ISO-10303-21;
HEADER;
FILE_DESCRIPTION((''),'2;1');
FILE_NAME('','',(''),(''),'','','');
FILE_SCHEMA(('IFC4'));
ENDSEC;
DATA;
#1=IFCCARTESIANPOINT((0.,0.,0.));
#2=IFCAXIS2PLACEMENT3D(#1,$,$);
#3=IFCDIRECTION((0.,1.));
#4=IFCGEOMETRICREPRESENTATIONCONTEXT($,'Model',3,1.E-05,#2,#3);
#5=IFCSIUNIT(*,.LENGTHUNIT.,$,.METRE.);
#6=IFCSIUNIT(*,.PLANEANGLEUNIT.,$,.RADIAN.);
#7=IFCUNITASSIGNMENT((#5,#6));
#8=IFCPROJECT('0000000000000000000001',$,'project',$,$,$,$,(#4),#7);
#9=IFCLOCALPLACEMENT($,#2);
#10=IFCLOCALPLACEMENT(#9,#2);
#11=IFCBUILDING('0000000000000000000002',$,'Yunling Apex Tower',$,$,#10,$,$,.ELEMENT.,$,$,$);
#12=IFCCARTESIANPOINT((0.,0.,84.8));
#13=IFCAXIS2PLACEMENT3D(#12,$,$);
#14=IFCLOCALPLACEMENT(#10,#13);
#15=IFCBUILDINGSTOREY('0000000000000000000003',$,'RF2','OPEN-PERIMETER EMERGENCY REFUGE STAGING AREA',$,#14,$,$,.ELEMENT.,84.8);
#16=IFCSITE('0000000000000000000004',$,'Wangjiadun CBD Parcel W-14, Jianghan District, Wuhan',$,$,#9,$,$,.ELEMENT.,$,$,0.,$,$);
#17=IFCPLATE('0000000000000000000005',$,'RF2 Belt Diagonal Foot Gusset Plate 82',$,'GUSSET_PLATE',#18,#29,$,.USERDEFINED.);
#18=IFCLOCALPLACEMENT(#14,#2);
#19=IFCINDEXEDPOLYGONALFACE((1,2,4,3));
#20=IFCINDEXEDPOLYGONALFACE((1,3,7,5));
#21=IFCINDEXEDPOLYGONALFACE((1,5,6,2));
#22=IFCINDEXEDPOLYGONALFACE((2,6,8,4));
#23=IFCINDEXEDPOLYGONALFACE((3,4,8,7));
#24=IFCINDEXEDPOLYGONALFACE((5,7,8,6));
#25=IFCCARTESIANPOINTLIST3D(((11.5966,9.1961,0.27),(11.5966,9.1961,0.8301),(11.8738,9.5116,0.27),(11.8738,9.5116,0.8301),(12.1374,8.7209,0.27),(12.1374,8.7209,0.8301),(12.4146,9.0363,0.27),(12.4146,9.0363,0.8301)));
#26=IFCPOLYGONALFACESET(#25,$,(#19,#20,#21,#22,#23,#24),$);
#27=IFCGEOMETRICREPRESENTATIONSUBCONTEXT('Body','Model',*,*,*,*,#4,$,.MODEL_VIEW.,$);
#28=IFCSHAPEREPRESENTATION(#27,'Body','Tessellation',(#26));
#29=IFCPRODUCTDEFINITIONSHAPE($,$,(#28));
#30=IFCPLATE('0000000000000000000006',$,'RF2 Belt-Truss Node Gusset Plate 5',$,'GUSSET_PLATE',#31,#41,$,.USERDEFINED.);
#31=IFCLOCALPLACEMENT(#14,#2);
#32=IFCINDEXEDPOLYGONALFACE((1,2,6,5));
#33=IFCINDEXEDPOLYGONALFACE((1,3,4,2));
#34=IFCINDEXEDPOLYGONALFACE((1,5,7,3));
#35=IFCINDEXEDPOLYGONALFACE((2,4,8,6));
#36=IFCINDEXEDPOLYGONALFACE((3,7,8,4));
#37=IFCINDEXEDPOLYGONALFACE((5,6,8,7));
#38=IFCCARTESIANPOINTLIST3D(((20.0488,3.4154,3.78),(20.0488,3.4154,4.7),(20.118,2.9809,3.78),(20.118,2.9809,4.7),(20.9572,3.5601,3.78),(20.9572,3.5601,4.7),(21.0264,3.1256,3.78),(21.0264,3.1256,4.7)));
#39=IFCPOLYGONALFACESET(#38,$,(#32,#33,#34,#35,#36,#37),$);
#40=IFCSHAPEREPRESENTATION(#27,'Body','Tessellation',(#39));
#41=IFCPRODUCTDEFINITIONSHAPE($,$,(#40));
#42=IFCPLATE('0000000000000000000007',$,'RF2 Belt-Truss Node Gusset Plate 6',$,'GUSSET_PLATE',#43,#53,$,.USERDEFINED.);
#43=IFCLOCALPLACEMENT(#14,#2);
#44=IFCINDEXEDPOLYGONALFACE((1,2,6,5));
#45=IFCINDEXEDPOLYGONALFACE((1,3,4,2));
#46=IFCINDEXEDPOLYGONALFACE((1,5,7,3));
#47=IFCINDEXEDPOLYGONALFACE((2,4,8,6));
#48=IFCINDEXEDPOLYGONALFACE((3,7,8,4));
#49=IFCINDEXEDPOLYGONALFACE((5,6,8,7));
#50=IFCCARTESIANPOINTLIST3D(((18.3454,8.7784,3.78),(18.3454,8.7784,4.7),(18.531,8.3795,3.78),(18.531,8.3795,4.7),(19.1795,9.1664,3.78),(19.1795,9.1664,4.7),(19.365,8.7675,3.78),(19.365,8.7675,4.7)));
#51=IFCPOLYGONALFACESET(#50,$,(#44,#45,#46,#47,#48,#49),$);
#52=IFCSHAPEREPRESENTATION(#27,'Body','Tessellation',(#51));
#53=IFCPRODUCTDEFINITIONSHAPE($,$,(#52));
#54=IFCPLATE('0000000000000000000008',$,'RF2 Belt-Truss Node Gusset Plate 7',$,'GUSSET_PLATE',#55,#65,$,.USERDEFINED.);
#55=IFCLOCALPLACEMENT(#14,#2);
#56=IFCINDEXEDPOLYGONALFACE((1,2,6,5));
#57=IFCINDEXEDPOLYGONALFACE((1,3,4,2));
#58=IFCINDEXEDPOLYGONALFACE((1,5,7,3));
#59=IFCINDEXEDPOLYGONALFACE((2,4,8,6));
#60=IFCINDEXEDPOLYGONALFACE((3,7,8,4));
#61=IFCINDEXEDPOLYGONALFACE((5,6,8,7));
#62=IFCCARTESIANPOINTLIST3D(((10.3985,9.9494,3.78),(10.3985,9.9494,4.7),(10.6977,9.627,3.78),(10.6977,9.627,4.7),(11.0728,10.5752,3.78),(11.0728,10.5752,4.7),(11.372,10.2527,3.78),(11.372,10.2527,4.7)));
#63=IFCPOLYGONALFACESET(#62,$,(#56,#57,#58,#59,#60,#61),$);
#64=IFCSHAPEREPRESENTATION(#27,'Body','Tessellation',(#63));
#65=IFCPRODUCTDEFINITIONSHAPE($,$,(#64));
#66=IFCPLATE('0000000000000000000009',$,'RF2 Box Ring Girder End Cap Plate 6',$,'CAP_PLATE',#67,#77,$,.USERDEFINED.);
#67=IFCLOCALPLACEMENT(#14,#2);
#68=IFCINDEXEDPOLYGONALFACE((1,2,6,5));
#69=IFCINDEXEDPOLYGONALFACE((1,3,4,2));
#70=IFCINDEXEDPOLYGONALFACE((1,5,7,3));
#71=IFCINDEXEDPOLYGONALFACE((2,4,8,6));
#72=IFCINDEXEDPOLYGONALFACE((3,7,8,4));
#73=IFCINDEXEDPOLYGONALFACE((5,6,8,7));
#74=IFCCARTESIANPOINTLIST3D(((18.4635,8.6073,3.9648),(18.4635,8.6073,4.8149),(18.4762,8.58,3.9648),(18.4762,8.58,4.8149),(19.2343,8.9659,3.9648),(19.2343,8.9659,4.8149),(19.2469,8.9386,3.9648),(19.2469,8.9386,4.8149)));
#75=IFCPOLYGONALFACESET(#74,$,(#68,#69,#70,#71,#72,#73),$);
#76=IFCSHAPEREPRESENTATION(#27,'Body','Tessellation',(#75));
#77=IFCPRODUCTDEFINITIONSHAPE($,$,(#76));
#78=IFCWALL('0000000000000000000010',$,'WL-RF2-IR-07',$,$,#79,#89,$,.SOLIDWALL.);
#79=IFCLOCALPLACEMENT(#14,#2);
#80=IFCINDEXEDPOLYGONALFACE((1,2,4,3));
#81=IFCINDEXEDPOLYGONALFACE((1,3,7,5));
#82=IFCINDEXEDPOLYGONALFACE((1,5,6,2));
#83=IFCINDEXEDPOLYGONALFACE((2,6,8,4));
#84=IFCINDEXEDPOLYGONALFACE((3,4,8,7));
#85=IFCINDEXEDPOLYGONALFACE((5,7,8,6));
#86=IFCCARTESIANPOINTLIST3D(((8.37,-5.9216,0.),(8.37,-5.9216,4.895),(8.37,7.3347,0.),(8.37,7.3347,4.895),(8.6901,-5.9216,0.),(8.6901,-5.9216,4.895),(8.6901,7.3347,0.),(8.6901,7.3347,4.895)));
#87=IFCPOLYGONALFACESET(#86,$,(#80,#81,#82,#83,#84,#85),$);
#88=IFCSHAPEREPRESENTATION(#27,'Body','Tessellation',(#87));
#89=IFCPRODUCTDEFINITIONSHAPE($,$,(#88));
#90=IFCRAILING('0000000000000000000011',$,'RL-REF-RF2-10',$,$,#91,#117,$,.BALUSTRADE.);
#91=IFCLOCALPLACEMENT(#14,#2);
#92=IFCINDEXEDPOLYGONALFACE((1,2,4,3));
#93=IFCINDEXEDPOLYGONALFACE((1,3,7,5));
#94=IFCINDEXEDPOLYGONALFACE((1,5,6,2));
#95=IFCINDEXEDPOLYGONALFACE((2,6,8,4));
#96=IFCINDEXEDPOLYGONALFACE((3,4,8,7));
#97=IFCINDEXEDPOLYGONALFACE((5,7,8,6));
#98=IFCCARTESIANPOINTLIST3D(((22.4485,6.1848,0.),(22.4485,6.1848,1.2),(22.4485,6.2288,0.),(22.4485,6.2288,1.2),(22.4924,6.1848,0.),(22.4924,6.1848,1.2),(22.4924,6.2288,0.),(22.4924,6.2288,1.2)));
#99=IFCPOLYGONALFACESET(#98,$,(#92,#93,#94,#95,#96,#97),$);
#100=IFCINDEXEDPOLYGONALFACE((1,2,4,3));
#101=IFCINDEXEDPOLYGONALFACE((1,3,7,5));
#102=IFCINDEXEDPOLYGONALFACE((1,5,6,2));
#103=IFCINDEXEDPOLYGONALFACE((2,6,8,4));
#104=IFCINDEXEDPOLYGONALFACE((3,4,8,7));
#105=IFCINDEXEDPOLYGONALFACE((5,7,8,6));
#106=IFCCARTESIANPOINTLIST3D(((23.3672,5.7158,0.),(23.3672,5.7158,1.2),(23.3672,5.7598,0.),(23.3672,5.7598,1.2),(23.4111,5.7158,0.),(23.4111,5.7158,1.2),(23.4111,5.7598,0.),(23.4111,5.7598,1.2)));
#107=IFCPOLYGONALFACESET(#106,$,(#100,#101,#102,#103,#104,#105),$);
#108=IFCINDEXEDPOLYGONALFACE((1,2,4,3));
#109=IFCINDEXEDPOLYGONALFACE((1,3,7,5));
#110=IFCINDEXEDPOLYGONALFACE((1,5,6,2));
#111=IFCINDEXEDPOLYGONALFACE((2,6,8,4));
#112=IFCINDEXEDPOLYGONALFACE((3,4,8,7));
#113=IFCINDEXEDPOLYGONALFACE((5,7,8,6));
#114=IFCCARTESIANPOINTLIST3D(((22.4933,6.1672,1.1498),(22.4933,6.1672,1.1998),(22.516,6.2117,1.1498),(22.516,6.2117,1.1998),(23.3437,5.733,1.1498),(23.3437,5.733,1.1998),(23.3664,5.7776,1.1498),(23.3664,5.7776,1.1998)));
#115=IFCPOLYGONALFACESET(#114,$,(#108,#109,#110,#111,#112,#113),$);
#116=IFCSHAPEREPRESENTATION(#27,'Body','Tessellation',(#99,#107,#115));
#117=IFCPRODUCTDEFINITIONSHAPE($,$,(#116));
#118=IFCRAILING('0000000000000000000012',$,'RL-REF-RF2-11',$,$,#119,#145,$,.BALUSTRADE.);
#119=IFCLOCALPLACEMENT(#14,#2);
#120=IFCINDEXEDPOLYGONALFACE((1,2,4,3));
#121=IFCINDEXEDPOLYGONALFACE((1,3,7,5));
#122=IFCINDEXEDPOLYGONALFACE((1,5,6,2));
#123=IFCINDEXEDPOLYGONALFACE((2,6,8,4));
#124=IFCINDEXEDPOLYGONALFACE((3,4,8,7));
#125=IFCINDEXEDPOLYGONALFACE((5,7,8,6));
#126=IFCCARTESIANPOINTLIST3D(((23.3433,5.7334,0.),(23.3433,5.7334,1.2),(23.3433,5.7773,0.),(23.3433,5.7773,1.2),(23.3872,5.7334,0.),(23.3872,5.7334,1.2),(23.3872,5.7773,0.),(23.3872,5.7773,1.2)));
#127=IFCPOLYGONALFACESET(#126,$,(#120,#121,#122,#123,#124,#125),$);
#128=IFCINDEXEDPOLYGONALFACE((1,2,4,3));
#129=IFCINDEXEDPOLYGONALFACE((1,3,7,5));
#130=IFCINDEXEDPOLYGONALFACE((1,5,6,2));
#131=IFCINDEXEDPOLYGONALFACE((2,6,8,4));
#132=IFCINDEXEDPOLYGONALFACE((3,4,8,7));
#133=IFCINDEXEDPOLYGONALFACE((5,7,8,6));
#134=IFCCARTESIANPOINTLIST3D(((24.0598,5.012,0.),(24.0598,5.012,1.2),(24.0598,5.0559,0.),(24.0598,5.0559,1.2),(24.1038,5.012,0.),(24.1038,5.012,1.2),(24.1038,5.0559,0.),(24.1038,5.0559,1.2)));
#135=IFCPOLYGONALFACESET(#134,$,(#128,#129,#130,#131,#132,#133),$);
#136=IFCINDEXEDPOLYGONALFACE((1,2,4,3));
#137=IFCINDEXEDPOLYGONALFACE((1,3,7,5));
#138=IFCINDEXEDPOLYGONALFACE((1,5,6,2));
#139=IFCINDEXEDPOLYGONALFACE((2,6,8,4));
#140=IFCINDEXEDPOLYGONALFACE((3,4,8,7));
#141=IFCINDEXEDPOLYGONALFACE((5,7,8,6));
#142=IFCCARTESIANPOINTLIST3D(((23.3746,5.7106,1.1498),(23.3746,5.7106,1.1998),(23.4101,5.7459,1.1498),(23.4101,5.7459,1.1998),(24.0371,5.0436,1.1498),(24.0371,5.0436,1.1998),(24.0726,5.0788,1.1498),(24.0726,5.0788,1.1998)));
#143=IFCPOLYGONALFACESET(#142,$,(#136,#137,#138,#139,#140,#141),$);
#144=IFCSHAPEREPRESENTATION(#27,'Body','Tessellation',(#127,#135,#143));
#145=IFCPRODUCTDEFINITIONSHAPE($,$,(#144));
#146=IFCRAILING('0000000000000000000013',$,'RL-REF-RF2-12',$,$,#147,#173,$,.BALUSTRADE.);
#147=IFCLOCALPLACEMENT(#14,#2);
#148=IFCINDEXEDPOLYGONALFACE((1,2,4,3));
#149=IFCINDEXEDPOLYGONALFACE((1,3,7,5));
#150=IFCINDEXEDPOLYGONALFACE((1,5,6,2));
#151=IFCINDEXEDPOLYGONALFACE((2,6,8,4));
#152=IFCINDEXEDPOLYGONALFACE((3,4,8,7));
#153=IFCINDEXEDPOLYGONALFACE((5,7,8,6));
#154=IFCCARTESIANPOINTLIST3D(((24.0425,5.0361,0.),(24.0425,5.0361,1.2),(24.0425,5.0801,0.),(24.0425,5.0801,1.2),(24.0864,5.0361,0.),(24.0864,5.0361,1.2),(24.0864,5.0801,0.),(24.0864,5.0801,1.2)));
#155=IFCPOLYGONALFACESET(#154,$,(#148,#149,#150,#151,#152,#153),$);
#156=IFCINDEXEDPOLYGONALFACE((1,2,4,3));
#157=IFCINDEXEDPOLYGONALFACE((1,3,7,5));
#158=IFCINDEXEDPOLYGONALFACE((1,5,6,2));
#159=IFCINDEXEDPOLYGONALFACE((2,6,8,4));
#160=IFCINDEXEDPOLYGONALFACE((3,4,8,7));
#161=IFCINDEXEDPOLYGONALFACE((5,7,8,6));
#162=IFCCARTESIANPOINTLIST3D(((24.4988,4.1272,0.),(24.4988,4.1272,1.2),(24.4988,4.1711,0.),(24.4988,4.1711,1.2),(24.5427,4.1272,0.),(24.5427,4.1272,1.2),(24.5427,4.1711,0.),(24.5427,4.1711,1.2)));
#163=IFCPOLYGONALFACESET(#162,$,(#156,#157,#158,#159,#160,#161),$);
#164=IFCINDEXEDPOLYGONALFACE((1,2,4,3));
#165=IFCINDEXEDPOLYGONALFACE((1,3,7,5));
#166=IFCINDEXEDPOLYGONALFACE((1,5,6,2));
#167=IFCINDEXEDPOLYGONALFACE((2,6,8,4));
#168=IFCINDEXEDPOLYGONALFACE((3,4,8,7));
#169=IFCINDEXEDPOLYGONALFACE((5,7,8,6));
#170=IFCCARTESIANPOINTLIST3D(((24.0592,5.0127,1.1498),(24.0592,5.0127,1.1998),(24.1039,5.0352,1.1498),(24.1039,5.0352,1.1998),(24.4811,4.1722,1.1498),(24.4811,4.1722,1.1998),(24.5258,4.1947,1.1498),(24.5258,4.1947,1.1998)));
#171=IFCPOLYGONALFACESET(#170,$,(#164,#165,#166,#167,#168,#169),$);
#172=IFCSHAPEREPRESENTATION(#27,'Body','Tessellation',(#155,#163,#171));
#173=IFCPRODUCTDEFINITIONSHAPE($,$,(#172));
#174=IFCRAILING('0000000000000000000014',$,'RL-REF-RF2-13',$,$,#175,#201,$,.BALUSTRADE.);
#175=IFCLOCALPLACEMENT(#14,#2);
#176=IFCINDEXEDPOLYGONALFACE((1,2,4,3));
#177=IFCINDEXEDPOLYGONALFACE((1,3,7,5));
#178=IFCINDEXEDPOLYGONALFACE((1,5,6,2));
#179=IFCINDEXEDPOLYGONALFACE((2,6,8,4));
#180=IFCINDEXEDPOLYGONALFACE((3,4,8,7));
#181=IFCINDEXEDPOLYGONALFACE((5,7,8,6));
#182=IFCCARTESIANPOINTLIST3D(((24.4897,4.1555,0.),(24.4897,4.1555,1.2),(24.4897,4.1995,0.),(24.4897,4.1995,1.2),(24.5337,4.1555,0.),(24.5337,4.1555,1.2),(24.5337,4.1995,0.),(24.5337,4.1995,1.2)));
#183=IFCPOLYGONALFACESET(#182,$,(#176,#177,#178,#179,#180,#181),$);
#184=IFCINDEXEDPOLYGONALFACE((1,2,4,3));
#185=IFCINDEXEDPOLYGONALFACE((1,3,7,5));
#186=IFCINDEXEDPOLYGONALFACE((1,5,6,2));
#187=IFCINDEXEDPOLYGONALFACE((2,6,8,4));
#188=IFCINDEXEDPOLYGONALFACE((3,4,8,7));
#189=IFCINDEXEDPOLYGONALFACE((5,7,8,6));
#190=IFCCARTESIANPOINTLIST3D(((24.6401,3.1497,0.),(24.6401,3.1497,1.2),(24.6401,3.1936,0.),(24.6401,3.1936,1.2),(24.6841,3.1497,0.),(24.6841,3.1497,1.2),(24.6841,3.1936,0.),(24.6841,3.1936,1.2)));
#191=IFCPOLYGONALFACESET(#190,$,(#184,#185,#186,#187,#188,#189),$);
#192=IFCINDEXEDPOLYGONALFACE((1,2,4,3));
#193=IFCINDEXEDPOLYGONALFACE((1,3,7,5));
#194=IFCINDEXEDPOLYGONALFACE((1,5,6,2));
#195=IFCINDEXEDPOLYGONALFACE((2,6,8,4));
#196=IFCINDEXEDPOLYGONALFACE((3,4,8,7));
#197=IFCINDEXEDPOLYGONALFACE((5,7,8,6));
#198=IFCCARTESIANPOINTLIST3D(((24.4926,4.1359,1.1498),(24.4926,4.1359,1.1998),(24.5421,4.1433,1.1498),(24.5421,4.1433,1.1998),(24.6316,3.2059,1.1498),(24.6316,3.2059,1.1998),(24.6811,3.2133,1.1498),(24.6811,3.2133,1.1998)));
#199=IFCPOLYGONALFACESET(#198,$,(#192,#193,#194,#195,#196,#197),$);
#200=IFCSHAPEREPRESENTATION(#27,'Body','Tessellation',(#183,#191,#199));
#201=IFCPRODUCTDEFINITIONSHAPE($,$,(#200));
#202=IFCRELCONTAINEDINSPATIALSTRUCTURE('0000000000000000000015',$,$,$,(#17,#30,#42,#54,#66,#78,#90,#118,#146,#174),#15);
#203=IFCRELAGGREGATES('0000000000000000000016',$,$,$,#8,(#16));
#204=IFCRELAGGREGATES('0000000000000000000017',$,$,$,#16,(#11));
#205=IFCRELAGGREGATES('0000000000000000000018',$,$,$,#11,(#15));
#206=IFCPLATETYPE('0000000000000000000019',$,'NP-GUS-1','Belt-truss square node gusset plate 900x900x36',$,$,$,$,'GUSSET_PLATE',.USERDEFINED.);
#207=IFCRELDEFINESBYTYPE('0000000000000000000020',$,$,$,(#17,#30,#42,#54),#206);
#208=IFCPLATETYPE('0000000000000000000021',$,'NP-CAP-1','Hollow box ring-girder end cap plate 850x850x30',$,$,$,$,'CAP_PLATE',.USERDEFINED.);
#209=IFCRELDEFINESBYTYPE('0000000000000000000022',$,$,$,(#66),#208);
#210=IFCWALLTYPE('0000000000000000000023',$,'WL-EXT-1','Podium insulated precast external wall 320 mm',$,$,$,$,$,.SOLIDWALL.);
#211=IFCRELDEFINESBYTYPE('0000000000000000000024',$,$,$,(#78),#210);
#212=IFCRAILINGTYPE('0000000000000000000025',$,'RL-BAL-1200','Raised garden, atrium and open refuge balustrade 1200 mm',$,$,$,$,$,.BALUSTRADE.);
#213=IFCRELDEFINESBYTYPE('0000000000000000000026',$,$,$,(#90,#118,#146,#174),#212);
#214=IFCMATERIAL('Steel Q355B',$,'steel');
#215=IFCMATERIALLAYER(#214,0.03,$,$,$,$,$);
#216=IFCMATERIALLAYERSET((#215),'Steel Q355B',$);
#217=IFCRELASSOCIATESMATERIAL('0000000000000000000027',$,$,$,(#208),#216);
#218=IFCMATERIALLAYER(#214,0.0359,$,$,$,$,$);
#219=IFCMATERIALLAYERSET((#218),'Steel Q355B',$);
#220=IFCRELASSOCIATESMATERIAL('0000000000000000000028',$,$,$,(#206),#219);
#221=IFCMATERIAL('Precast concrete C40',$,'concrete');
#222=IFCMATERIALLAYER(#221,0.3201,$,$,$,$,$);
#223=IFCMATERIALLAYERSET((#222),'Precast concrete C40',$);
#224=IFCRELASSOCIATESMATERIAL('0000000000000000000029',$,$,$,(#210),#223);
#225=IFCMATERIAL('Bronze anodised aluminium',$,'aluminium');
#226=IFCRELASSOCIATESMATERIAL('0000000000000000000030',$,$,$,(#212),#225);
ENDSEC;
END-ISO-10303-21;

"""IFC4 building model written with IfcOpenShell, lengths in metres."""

from ifc_helpers import new_model, si_unit, direction, frame, frame_2d, origin, origin_2d, place, context, subcontext, project, spatial, rectangle, extrude, source, transform, mapped, material, layer, layer_set, type_object, element, save


model = new_model("IFC4")

# Units and contexts
model_context = context("Model", 3, precision=1e-05, world=origin(), true_north=direction((0.0, 1.0)))
body_context = subcontext(model_context, "Body", "Model", "MODEL_VIEW")
ifc_project = project(units=[si_unit("LENGTHUNIT", "METRE"), si_unit("PLANEANGLEUNIT", "RADIAN")], contexts=[model_context])

# Site, building, storey
site_placement = place(None, origin())
site = spatial("IfcSite", under=ifc_project, at=site_placement, Name="Wangjiadun CBD Parcel W-14, Jianghan District, Wuhan", CompositionType="ELEMENT", RefElevation=0.0)
building_placement = place(site_placement, origin())
building = spatial("IfcBuilding", under=site, at=building_placement, Name="Yunling Apex Tower", CompositionType="ELEMENT")
storey_placement = place(building_placement, frame((0.0, 0.0, 84.8)))
storey = spatial("IfcBuildingStorey", under=building, at=storey_placement, Name="RF2", Description="OPEN-PERIMETER EMERGENCY REFUGE STAGING AREA", CompositionType="ELEMENT", Elevation=84.8)

# Shared definitions
ifc_material_1 = material(Name="Steel Q355B", Category="steel")

# Plates
ifc_layer_1 = layer(ifc_material_1, 0.03)
ifc_layer_set_1 = layer_set([ifc_layer_1], Name="Steel Q355B")
plate_type_1 = type_object("IfcPlateType", Name="NP-CAP-1", Description="Hollow box ring-girder end cap plate 850x850x30", ElementType="CAP_PLATE", PredefinedType="USERDEFINED", material=ifc_layer_set_1)
ifc_layer_2 = layer(ifc_material_1, 0.0359)
ifc_layer_set_2 = layer_set([ifc_layer_2], Name="Steel Q355B")
plate_type_2 = type_object("IfcPlateType", Name="NP-GUS-1", Description="Belt-truss square node gusset plate 900x900x36", ElementType="GUSSET_PLATE", PredefinedType="USERDEFINED", material=ifc_layer_set_2)
shared_shape_1 = source(origin(), body_context, "Body", "SweptSolid", [
    extrude(rectangle(XDim=0.72, YDim=0.4199, at=origin_2d()), origin(), (0.0, 0.0, 1.0), 0.5601),
])
for number, where, z_axis, x_axis, name in (
    (1, (12.0056, 9.1162, 0.27), (0.0, 0.0, 1.0), (-0.751149, 0.660133, 0.0), "RF2 Belt Diagonal Foot Gusset Plate 82"),
):
    element("IfcPlate", number, at=place(storey_placement, frame(where, z_axis=z_axis, x_axis=x_axis)), inside=storey, type_object=plate_type_2, Name=name, ObjectType="GUSSET_PLATE", PredefinedType="USERDEFINED", context=body_context, shape_type="MappedRepresentation", body=[
        mapped(shared_shape_1, transform((0.0, 0.0, 0.0), scale=1.0)),
    ])
shared_shape_2 = source(origin(), body_context, "Body", "SweptSolid", [
    extrude(rectangle(XDim=0.9199, YDim=0.4399, at=origin_2d()), origin(), (0.0, 0.0, 1.0), 0.9199),
])
for number, where, z_axis, x_axis, name in (
    (2, (20.5376, 3.2705, 3.78), (0.0, 0.0, 1.0), (0.987551, 0.157296, 0.0), "RF2 Belt-Truss Node Gusset Plate 5"),
    (3, (18.8552, 8.7729, 3.78), (0.0, 0.0, 1.0), (0.906676, 0.421827, 0.0), "RF2 Belt-Truss Node Gusset Plate 6"),
    (4, (10.8853, 10.1011, 3.78), (0.0, 0.0, 1.0), (0.733018, 0.680209, 0.0), "RF2 Belt-Truss Node Gusset Plate 7"),
):
    element("IfcPlate", number, at=place(storey_placement, frame(where, z_axis=z_axis, x_axis=x_axis)), inside=storey, type_object=plate_type_2, Name=name, ObjectType="GUSSET_PLATE", PredefinedType="USERDEFINED", context=body_context, shape_type="MappedRepresentation", body=[
        mapped(shared_shape_2, transform((0.0, 0.0, 0.0), scale=1.0)),
    ])
shared_shape_3 = source(origin(), body_context, "Body", "SweptSolid", [
    extrude(rectangle(XDim=0.8501, YDim=0.03, at=origin_2d()), origin(), (0.0, 0.0, 1.0), 0.8501),
])
plate_placement = place(storey_placement, frame((18.8552, 8.7729, 3.9648), z_axis=(0.0, 0.0, 1.0), x_axis=(0.906676, 0.421827, 0.0)))
element("IfcPlate", 5, at=plate_placement, inside=storey, type_object=plate_type_1, Name="RF2 Box Ring Girder End Cap Plate 6", ObjectType="CAP_PLATE", PredefinedType="USERDEFINED", context=body_context, shape_type="MappedRepresentation", body=[
    mapped(shared_shape_3, transform((0.0, 0.0, 0.0), scale=1.0)),
])

# Wall
ifc_material_2 = material(Name="Precast concrete C40", Category="concrete")
ifc_layer_3 = layer(ifc_material_2, 0.3201)
ifc_layer_set_3 = layer_set([ifc_layer_3], Name="Precast concrete C40")
wall_type = type_object("IfcWallType", Name="WL-EXT-1", Description="Podium insulated precast external wall 320 mm", PredefinedType="SOLIDWALL", material=ifc_layer_set_3)
wall_placement = place(storey_placement, frame((8.53, 7.3347, 0.0), z_axis=(0.0, 0.0, 1.0), x_axis=(0.0, -1.0, 0.0)))
element("IfcWall", 6, at=wall_placement, inside=storey, type_object=wall_type, Name="WL-RF2-IR-07", PredefinedType="SOLIDWALL", context=body_context, shape_type="SweptSolid", body=[
    extrude(rectangle(XDim=13.2563, YDim=0.3201, at=frame_2d((6.6282, 0.0))), origin(), (0.0, 0.0, 1.0), 4.895),
])

# Railings
ifc_material_3 = material(Name="Bronze anodised aluminium", Category="aluminium")
railing_type = type_object("IfcRailingType", Name="RL-BAL-1200", Description="Raised garden, atrium and open refuge balustrade 1200 mm", PredefinedType="BALUSTRADE", material=ifc_material_3)
railing_1_placement = place(storey_placement, frame((22.4705, 6.2068, 0.0)))
element("IfcRailing", 7, at=railing_1_placement, inside=storey, type_object=railing_type, Name="RL-REF-RF2-10", PredefinedType="BALUSTRADE", context=body_context, shape_type="SweptSolid", body=[
    extrude(rectangle(XDim=0.0439, YDim=0.0439, at=origin_2d()), origin(), (0.0, 0.0, 1.0), 1.2),
    extrude(rectangle(XDim=0.0439, YDim=0.0439, at=origin_2d()), frame((0.9187, -0.469, 0.0)), (0.0, 0.0, 1.0), 1.2),
    extrude(rectangle(XDim=0.05, YDim=0.05, at=origin_2d()), frame((0.0342, -0.0173, 1.1748), z_axis=(0.890656, -0.454677, 0.0), x_axis=(0.454677, 0.890656, 0.0)), (0.0, 0.0, 1.0), 0.9548),
])
railing_2_placement = place(storey_placement, frame((23.3652, 5.7554, 0.0)))
element("IfcRailing", 8, at=railing_2_placement, inside=storey, type_object=railing_type, Name="RL-REF-RF2-11", PredefinedType="BALUSTRADE", context=body_context, shape_type="SweptSolid", body=[
    extrude(rectangle(XDim=0.0439, YDim=0.0439, at=origin_2d()), origin(), (0.0, 0.0, 1.0), 1.2),
    extrude(rectangle(XDim=0.0439, YDim=0.0439, at=origin_2d()), frame((0.7166, -0.7214, 0.0)), (0.0, 0.0, 1.0), 1.2),
    extrude(rectangle(XDim=0.05, YDim=0.05, at=origin_2d()), frame((0.0271, -0.0271, 1.1748), z_axis=(0.704702, -0.709504, 0.0), x_axis=(0.709504, 0.704702, 0.0)), (0.0, 0.0, 1.0), 0.9402),
])
railing_3_placement = place(storey_placement, frame((24.0645, 5.0581, 0.0)))
element("IfcRailing", 9, at=railing_3_placement, inside=storey, type_object=railing_type, Name="RL-REF-RF2-12", PredefinedType="BALUSTRADE", context=body_context, shape_type="SweptSolid", body=[
    extrude(rectangle(XDim=0.0439, YDim=0.0439, at=origin_2d()), origin(), (0.0, 0.0, 1.0), 1.2),
    extrude(rectangle(XDim=0.0439, YDim=0.0439, at=origin_2d()), frame((0.4563, -0.9089, 0.0)), (0.0, 0.0, 1.0), 1.2),
    extrude(rectangle(XDim=0.05, YDim=0.05, at=origin_2d()), frame((0.0171, -0.0342, 1.1748), z_axis=(0.448653, -0.893706, 0.0), x_axis=(0.893706, 0.448653, 0.0)), (0.0, 0.0, 1.0), 0.9404),
])
railing_4_placement = place(storey_placement, frame((24.5117, 4.1775, 0.0)))
element("IfcRailing", 10, at=railing_4_placement, inside=storey, type_object=railing_type, Name="RL-REF-RF2-13", PredefinedType="BALUSTRADE", context=body_context, shape_type="SweptSolid", body=[
    extrude(rectangle(XDim=0.0439, YDim=0.0439, at=origin_2d()), origin(), (0.0, 0.0, 1.0), 1.2),
    extrude(rectangle(XDim=0.0439, YDim=0.0439, at=origin_2d()), frame((0.1504, -1.0059, 0.0)), (0.0, 0.0, 1.0), 1.2),
    extrude(rectangle(XDim=0.05, YDim=0.05, at=origin_2d()), frame((0.0056, -0.0378, 1.1748), z_axis=(0.147871, -0.989007, 0.0), x_axis=(0.989007, 0.147871, 0.0)), (0.0, 0.0, 1.0), 0.9404),
])

save(model, "model.ifc")
